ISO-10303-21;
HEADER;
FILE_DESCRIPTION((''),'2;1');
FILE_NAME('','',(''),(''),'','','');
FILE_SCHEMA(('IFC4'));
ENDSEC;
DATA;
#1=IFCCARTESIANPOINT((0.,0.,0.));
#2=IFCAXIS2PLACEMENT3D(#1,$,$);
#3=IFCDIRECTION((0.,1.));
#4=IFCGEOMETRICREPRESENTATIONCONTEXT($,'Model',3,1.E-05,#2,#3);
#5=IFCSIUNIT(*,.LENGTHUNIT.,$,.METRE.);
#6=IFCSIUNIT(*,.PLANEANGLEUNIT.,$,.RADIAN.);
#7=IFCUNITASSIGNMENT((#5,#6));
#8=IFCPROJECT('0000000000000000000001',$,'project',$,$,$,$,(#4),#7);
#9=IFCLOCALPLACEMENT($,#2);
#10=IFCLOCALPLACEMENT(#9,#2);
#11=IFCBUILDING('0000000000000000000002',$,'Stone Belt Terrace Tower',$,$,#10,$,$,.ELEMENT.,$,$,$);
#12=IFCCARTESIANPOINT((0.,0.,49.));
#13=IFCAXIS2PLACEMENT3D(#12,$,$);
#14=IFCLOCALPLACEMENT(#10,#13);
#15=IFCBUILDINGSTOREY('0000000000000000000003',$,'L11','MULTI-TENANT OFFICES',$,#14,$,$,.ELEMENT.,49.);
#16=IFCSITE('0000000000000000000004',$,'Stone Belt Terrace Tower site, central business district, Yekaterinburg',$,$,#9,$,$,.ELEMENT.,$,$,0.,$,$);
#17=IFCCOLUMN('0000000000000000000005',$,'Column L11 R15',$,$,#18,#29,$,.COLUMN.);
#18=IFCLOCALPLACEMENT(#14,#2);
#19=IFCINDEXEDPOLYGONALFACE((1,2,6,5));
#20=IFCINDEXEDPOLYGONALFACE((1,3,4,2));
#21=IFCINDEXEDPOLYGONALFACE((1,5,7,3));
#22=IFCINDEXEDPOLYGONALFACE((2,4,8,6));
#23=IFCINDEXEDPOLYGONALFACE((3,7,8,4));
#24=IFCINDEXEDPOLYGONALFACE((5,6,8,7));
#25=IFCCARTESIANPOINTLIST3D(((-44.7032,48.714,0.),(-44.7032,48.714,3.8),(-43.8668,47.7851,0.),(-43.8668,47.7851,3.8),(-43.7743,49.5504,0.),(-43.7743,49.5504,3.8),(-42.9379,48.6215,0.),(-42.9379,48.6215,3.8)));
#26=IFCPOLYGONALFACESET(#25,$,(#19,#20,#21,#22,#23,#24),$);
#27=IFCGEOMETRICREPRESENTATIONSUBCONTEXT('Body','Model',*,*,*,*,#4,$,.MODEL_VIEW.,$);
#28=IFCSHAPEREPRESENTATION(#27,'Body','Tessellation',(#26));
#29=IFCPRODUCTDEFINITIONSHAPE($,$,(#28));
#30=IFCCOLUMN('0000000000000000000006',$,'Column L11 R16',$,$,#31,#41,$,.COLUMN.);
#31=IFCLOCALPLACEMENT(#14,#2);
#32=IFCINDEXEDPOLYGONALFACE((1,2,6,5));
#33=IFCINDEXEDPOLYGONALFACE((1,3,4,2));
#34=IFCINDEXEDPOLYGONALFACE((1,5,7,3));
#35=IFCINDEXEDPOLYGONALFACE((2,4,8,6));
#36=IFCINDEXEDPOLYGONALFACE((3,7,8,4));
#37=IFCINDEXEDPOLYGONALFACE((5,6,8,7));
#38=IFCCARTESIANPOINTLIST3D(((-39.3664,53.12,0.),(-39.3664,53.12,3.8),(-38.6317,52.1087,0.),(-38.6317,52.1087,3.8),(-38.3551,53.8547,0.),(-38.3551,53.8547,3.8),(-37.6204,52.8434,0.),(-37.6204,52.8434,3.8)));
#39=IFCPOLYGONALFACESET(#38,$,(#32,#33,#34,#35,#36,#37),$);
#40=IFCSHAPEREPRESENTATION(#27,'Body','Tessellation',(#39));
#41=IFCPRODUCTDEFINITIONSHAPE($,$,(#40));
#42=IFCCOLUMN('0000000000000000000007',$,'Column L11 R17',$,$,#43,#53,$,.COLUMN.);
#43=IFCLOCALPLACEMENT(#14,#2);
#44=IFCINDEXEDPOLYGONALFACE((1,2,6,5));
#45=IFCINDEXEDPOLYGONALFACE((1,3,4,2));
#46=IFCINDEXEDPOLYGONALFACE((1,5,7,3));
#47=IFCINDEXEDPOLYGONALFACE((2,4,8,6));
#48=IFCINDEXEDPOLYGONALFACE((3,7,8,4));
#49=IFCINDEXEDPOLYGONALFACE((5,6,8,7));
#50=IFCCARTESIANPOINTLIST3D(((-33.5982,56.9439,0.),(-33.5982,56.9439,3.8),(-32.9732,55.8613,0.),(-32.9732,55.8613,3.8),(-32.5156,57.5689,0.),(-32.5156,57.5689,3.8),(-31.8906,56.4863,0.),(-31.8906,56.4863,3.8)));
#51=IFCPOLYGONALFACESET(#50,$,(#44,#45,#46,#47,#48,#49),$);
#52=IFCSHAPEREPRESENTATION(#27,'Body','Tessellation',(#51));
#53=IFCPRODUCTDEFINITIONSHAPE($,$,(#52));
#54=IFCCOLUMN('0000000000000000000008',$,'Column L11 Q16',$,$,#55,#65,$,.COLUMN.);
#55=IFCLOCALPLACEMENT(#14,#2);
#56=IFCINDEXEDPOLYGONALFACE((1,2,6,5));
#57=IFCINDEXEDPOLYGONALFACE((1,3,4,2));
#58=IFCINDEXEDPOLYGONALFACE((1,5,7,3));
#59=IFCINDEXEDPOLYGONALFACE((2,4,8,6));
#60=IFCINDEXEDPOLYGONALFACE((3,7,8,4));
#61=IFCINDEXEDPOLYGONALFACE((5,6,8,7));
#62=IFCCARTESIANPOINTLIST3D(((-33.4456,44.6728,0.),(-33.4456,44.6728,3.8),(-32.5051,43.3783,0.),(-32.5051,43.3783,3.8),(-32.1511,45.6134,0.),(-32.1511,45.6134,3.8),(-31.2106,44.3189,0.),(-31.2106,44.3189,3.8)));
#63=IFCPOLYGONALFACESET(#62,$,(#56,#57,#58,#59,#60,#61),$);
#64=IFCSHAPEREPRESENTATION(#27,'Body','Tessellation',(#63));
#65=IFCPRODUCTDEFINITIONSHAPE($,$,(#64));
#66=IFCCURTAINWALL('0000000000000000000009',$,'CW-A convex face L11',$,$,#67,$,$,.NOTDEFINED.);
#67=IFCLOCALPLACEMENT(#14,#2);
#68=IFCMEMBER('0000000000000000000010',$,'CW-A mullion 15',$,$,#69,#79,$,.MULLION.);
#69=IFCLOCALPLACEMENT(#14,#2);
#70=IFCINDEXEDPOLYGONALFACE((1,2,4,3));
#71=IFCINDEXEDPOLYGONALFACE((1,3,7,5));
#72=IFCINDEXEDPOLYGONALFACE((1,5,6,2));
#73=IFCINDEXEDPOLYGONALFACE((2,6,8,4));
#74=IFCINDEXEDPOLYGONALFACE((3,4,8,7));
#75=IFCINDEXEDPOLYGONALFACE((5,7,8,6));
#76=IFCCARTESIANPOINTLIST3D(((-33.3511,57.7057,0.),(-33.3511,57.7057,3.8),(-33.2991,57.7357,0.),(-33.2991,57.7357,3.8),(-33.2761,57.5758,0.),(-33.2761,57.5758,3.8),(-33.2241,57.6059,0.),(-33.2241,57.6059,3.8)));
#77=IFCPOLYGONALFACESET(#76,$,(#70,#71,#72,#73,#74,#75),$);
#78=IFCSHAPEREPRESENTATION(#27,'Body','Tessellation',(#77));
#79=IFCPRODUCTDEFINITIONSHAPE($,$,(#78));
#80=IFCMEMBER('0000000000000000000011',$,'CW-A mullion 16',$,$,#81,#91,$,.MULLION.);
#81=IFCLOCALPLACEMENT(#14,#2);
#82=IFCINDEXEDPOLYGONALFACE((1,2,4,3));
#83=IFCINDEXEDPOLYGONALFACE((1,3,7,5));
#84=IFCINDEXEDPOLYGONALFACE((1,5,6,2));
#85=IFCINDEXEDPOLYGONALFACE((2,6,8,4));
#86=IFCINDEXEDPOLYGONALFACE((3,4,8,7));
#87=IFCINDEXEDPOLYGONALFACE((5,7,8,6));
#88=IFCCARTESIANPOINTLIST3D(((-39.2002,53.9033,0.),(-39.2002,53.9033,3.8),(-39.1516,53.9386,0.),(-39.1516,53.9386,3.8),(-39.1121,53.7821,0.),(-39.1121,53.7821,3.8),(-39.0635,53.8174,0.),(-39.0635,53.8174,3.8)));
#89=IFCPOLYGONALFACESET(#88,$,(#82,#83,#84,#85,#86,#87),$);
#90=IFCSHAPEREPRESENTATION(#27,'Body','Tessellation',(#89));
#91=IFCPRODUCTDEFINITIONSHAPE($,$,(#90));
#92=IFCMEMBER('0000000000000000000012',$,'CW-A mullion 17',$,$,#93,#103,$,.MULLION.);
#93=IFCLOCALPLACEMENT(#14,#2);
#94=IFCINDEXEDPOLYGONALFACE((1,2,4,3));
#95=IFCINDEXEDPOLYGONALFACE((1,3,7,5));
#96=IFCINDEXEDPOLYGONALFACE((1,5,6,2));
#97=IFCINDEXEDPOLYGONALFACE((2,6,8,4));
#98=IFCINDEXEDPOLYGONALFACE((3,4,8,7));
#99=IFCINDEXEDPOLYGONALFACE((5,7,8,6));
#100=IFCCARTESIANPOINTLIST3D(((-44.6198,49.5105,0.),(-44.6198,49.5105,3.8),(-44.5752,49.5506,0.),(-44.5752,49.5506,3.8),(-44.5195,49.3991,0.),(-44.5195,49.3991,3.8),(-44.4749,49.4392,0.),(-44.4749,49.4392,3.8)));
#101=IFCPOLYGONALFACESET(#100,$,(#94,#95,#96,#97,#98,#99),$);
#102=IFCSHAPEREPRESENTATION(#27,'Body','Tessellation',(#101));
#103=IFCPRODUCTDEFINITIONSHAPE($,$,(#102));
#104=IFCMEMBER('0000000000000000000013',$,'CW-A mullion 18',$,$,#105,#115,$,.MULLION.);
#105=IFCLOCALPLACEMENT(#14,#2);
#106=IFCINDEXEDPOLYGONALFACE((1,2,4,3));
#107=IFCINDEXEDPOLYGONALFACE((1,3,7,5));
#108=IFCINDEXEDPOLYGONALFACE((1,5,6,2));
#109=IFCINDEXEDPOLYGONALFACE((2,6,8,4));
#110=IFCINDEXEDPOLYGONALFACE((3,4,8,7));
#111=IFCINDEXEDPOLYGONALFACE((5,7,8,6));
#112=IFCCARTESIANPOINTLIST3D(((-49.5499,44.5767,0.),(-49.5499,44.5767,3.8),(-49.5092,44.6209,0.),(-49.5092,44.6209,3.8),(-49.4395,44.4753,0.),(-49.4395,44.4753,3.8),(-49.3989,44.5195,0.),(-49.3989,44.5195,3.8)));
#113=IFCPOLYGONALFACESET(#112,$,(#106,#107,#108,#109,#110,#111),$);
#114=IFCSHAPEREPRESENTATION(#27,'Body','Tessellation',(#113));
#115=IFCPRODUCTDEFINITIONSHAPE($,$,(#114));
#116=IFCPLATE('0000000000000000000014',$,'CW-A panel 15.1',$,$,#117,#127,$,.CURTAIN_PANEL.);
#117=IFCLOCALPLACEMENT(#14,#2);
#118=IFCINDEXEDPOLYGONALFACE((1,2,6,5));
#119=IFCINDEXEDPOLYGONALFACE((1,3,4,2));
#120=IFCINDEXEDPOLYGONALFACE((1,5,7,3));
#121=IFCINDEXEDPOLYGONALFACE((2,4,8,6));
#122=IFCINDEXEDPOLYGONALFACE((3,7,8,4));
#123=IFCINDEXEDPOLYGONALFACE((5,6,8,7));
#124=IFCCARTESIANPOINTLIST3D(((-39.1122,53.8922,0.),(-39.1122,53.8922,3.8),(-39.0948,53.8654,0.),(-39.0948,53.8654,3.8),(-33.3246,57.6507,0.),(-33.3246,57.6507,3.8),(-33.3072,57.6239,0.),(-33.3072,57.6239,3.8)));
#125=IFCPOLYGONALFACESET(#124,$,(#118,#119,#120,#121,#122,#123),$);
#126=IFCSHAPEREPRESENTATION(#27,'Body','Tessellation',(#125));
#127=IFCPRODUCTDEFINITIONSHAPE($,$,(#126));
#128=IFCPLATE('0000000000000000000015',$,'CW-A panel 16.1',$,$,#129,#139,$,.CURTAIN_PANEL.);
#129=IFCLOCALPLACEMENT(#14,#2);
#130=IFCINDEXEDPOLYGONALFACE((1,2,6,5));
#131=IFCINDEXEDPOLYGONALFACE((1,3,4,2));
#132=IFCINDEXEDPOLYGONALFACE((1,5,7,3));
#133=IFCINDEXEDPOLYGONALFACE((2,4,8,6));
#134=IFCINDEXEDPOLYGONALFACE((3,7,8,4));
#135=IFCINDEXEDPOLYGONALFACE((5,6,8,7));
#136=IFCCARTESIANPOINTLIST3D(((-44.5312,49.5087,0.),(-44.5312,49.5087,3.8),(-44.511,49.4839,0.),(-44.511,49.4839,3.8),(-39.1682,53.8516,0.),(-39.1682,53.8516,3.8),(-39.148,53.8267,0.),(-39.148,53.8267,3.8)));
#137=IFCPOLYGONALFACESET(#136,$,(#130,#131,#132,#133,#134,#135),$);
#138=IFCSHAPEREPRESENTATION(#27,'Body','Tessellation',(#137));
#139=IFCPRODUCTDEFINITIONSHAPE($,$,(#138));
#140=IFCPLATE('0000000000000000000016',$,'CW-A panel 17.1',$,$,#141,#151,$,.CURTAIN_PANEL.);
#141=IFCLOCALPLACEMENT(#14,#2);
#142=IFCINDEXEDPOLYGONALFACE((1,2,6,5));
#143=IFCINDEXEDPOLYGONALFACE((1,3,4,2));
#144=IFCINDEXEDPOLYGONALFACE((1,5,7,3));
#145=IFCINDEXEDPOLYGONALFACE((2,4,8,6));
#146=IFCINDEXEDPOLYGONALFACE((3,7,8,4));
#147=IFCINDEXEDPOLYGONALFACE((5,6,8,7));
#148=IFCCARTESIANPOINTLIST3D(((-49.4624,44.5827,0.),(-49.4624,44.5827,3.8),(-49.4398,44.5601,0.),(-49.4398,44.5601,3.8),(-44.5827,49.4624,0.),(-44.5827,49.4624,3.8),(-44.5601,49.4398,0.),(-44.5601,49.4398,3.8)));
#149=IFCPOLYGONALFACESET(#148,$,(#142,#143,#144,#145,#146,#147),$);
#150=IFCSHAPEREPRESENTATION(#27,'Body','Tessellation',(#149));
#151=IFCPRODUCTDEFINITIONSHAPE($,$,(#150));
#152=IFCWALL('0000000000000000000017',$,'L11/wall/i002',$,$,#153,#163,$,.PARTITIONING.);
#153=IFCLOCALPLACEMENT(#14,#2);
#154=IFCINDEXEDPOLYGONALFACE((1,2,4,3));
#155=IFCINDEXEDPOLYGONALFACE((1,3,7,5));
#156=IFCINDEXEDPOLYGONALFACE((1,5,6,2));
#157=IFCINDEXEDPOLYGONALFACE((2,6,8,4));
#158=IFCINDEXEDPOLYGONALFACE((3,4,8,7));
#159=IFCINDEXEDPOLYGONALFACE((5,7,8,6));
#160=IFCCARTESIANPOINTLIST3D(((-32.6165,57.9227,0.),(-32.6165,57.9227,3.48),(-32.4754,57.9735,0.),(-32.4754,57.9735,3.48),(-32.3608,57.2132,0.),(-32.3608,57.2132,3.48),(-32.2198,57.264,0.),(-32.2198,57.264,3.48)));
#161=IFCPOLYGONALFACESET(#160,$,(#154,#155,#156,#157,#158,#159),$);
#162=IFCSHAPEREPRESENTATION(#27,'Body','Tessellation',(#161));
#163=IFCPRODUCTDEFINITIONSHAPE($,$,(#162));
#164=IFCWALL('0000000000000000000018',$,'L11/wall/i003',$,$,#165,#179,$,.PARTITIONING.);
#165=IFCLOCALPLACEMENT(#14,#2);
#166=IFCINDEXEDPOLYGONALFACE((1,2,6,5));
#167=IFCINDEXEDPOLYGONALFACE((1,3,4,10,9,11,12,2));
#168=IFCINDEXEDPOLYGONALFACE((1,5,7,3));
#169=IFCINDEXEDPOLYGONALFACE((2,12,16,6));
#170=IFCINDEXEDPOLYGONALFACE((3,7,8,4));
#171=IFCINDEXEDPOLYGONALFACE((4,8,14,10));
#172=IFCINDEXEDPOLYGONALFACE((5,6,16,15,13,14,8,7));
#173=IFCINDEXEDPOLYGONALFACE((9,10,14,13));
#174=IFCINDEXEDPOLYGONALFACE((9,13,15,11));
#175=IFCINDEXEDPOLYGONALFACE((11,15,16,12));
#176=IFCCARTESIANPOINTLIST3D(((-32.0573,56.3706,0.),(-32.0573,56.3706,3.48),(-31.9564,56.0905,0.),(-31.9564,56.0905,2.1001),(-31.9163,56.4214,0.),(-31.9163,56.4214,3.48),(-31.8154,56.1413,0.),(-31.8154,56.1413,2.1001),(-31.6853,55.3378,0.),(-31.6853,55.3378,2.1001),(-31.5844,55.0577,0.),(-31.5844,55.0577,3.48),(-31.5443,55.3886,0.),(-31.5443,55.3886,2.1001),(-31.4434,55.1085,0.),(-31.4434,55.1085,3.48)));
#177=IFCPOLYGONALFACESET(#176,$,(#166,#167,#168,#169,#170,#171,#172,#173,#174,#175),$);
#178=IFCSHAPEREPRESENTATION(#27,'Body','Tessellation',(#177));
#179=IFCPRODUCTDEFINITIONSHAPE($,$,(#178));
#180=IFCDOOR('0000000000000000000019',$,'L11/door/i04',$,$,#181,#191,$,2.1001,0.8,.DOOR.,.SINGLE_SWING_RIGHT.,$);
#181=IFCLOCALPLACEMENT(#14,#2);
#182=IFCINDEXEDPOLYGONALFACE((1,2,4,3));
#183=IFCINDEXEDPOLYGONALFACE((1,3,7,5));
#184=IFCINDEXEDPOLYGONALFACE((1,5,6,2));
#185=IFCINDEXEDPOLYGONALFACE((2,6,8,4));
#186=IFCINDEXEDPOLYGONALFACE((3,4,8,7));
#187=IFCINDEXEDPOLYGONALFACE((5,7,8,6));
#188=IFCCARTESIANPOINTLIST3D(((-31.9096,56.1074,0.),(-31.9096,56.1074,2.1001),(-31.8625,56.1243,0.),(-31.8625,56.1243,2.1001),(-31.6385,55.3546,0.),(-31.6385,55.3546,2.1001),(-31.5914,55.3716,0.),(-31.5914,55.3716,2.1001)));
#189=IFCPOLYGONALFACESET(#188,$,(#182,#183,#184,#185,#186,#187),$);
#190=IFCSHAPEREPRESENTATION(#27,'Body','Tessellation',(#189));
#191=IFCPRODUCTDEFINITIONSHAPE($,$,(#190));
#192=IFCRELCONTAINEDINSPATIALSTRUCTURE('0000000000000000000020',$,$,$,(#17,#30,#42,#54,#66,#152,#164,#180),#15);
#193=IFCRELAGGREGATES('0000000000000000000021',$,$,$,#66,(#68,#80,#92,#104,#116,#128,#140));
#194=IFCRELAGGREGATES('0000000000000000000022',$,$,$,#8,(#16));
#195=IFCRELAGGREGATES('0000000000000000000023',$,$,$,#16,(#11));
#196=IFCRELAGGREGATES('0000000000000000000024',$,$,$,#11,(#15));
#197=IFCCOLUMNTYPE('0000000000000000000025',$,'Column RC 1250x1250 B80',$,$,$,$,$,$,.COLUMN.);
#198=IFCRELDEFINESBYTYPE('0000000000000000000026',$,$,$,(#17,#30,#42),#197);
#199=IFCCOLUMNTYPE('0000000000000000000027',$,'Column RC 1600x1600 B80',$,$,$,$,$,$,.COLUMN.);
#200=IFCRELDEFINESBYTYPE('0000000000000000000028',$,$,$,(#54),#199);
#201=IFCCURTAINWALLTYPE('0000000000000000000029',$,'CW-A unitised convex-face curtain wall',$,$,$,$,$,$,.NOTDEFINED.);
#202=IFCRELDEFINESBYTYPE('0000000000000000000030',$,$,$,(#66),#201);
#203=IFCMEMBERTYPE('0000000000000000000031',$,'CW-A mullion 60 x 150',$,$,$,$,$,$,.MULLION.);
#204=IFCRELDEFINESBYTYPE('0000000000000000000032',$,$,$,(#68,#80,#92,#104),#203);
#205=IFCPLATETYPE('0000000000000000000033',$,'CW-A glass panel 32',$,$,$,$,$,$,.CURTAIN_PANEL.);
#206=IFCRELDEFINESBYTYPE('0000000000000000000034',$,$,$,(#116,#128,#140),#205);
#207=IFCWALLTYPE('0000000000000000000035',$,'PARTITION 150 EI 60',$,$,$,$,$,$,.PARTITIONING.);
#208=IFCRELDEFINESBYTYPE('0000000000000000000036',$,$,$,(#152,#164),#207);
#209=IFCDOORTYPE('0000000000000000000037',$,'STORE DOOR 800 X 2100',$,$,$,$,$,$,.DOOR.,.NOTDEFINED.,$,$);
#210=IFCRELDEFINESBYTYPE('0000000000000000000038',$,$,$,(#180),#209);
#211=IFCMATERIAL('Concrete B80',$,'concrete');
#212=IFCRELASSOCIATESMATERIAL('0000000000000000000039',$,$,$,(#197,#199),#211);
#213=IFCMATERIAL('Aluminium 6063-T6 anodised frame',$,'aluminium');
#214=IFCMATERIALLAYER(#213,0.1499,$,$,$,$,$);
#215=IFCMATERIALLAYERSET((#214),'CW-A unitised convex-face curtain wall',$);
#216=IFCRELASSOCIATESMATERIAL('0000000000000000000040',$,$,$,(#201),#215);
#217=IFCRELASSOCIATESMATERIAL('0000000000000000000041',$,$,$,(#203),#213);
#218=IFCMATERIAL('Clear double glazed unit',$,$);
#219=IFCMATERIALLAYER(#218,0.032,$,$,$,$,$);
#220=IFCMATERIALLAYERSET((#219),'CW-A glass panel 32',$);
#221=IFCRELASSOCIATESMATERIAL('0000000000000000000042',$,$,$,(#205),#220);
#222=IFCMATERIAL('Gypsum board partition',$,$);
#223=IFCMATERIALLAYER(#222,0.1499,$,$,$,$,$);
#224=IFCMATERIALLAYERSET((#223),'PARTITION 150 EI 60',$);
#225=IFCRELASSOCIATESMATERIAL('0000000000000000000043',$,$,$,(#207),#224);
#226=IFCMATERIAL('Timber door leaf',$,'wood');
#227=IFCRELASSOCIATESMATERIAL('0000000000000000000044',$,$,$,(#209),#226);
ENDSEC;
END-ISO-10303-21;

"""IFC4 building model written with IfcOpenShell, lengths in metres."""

from ifc_helpers import new_model, si_unit, direction, frame, frame_2d, origin, origin_2d, place, context, subcontext, project, spatial, rectangle, extrude, material, layer, layer_set, material_profile, profile_set, type_object, element, fill, aggregate, save


model = new_model("IFC4")

# Units and contexts
model_context = context("Model", 3, precision=1e-05, world=origin(), true_north=direction((0.0, 1.0)))
body_context = subcontext(model_context, "Body", "Model", "MODEL_VIEW")
ifc_project = project(units=[si_unit("LENGTHUNIT", "METRE"), si_unit("PLANEANGLEUNIT", "RADIAN")], contexts=[model_context])

# Site, building, storey
site_placement = place(None, origin())
site = spatial("IfcSite", under=ifc_project, at=site_placement, Name="Stone Belt Terrace Tower site, central business district, Yekaterinburg", CompositionType="ELEMENT", RefElevation=0.0)
building_placement = place(site_placement, origin())
building = spatial("IfcBuilding", under=site, at=building_placement, Name="Stone Belt Terrace Tower", CompositionType="ELEMENT")
storey_placement = place(building_placement, frame((0.0, 0.0, 49.0)))
storey = spatial("IfcBuildingStorey", under=building, at=storey_placement, Name="L11", Description="MULTI-TENANT OFFICES", CompositionType="ELEMENT", Elevation=49.0)

# Columns
ifc_material_1 = material(Name="Concrete B80", Category="concrete")
ifc_material_profile_1 = material_profile(ifc_material_1, rectangle(XDim=1.25, YDim=1.25, at=origin_2d()), Name="RC 1250x1250")
ifc_profile_set_1 = profile_set([ifc_material_profile_1], Name="Concrete B80")
column_type_1 = type_object("IfcColumnType", Name="Column RC 1250x1250 B80", PredefinedType="COLUMN", material=ifc_profile_set_1)
for number, where, z_axis, x_axis, name in (
    (1, (-43.8206, 48.6677, 0.0), (0.0, 0.0, 1.0), (0.743145, 0.669131, 0.0), "Column L11 R15"),
    (2, (-38.4934, 52.9817, 0.0), (0.0, 0.0, 1.0), (0.809017, 0.587785, 0.0), "Column L11 R16"),
    (3, (-32.7444, 56.7151, 0.0), (0.0, 0.0, 1.0), (0.866025, 0.5, 0.0), "Column L11 R17"),
):
    element("IfcColumn", number, at=place(storey_placement, frame(where, z_axis=z_axis, x_axis=x_axis)), inside=storey, type_object=column_type_1, Name=name, PredefinedType="COLUMN", context=body_context, shape_type="SweptSolid", body=[
        extrude(rectangle(XDim=1.25, YDim=1.25, at=origin_2d()), origin(), (0.0, 0.0, 1.0), 3.8),
    ])
ifc_material_profile_2 = material_profile(ifc_material_1, rectangle(XDim=1.6001, YDim=1.6001, at=origin_2d()), Name="RC 1600x1600")
ifc_profile_set_2 = profile_set([ifc_material_profile_2], Name="Concrete B80")
column_type_2 = type_object("IfcColumnType", Name="Column RC 1600x1600 B80", PredefinedType="COLUMN", material=ifc_profile_set_2)
column_placement = place(storey_placement, frame((-32.3281, 44.4958, 0.0), z_axis=(0.0, 0.0, 1.0), x_axis=(0.809017, 0.587785, 0.0)))
element("IfcColumn", 4, at=column_placement, inside=storey, type_object=column_type_2, Name="Column L11 Q16", PredefinedType="COLUMN", context=body_context, shape_type="SweptSolid", body=[
    extrude(rectangle(XDim=1.6001, YDim=1.6001, at=origin_2d()), origin(), (0.0, 0.0, 1.0), 3.8),
])

# Curtain wall, members, plates
ifc_material_2 = material(Name="Aluminium 6063-T6 anodised frame", Category="aluminium")
ifc_layer_1 = layer(ifc_material_2, 0.1499)
ifc_layer_set_1 = layer_set([ifc_layer_1], Name="CW-A unitised convex-face curtain wall")
curtain_wall_type = type_object("IfcCurtainWallType", Name="CW-A unitised convex-face curtain wall", PredefinedType="NOTDEFINED", material=ifc_layer_set_1)
curtain_wall_placement = place(storey_placement, origin())
curtain_wall = element("IfcCurtainWall", 5, at=curtain_wall_placement, inside=storey, type_object=curtain_wall_type, Name="CW-A convex face L11", PredefinedType="NOTDEFINED")
ifc_material_profile_3 = material_profile(ifc_material_2, rectangle(XDim=0.1499, YDim=0.0601, at=origin_2d()), Name="Aluminium 6063-T6 60x150")
ifc_profile_set_3 = profile_set([ifc_material_profile_3], Name="Aluminium 6063-T6 anodised frame")
member_type = type_object("IfcMemberType", Name="CW-A mullion 60 x 150", PredefinedType="MULLION", material=ifc_profile_set_3)
member_1_placement = place(storey_placement, frame((-33.2876, 57.6558, 0.0), z_axis=(0.0, 0.0, 1.0), x_axis=(0.5, -0.866025, 0.0)))
member_1 = element("IfcMember", 6, at=member_1_placement, type_object=member_type, Name="CW-A mullion 15", PredefinedType="MULLION", context=body_context, shape_type="SweptSolid", body=[
    extrude(rectangle(XDim=0.1499, YDim=0.0601, at=origin_2d()), origin(), (0.0, 0.0, 1.0), 3.8),
])
member_2_placement = place(storey_placement, frame((-39.1318, 53.8604, 0.0), z_axis=(0.0, 0.0, 1.0), x_axis=(0.587785, -0.809017, 0.0)))
member_2 = element("IfcMember", 7, at=member_2_placement, type_object=member_type, Name="CW-A mullion 16", PredefinedType="MULLION", context=body_context, shape_type="SweptSolid", body=[
    extrude(rectangle(XDim=0.1499, YDim=0.0601, at=origin_2d()), origin(), (0.0, 0.0, 1.0), 3.8),
])
member_3_placement = place(storey_placement, frame((-44.5474, 49.4749, 0.0), z_axis=(0.0, 0.0, 1.0), x_axis=(0.669131, -0.743145, 0.0)))
member_3 = element("IfcMember", 8, at=member_3_placement, type_object=member_type, Name="CW-A mullion 17", PredefinedType="MULLION", context=body_context, shape_type="SweptSolid", body=[
    extrude(rectangle(XDim=0.1499, YDim=0.0601, at=origin_2d()), origin(), (0.0, 0.0, 1.0), 3.8),
])
member_4_placement = place(storey_placement, frame((-49.4744, 44.5481, 0.0), z_axis=(0.0, 0.0, 1.0), x_axis=(0.736171, -0.676796, 0.0)))
member_4 = element("IfcMember", 9, at=member_4_placement, type_object=member_type, Name="CW-A mullion 18", PredefinedType="MULLION", context=body_context, shape_type="SweptSolid", body=[
    extrude(rectangle(XDim=0.1499, YDim=0.0601, at=origin_2d()), origin(), (0.0, 0.0, 1.0), 3.8),
])
ifc_material_3 = material(Name="Clear double glazed unit")
ifc_layer_2 = layer(ifc_material_3, 0.032)
ifc_layer_set_2 = layer_set([ifc_layer_2], Name="CW-A glass panel 32")
plate_type = type_object("IfcPlateType", Name="CW-A glass panel 32", PredefinedType="CURTAIN_PANEL", material=ifc_layer_set_2)
plate_1_placement = place(storey_placement, frame((-36.2097, 55.7581, 0.0), z_axis=(0.0, 0.0, 1.0), x_axis=(-0.838671, -0.544639, 0.0)))
plate_1 = element("IfcPlate", 10, at=plate_1_placement, type_object=plate_type, Name="CW-A panel 15.1", PredefinedType="CURTAIN_PANEL", context=body_context, shape_type="SweptSolid", body=[
    extrude(rectangle(XDim=6.9009, YDim=0.032, at=origin_2d()), origin(), (0.0, 0.0, 1.0), 3.8),
])
plate_2_placement = place(storey_placement, frame((-41.8396, 51.6677, 0.0), z_axis=(0.0, 0.0, 1.0), x_axis=(-0.777146, -0.62932, 0.0)))
plate_2 = element("IfcPlate", 11, at=plate_2_placement, type_object=plate_type, Name="CW-A panel 16.1", PredefinedType="CURTAIN_PANEL", context=body_context, shape_type="SweptSolid", body=[
    extrude(rectangle(XDim=6.9009, YDim=0.032, at=origin_2d()), origin(), (0.0, 0.0, 1.0), 3.8),
])
plate_3_placement = place(storey_placement, frame((-47.0112, 47.0112, 0.0), z_axis=(0.0, 0.0, 1.0), x_axis=(-0.707107, -0.707107, 0.0)))
plate_3 = element("IfcPlate", 12, at=plate_3_placement, type_object=plate_type, Name="CW-A panel 17.1", PredefinedType="CURTAIN_PANEL", context=body_context, shape_type="SweptSolid", body=[
    extrude(rectangle(XDim=6.9009, YDim=0.032, at=origin_2d()), origin(), (0.0, 0.0, 1.0), 3.8),
])
aggregate(curtain_wall, [member_1, member_2, member_3, member_4, plate_1, plate_2, plate_3])

# Wall
ifc_material_4 = material(Name="Gypsum board partition")
ifc_layer_3 = layer(ifc_material_4, 0.1499)
ifc_layer_set_3 = layer_set([ifc_layer_3], Name="PARTITION 150 EI 60")
wall_type = type_object("IfcWallType", Name="PARTITION 150 EI 60", PredefinedType="PARTITIONING", material=ifc_layer_set_3)
wall_1_placement = place(storey_placement, frame((-32.5459, 57.948, 0.0), z_axis=(0.0, 0.0, 1.0), x_axis=(0.33896, -0.940801, 0.0)))
element("IfcWall", 13, at=wall_1_placement, inside=storey, type_object=wall_type, Name="L11/wall/i002", PredefinedType="PARTITIONING", context=body_context, shape_type="SweptSolid", body=[
    extrude(rectangle(XDim=0.7542, YDim=0.1499, at=frame_2d((0.377, 0.0))), origin(), (0.0, 0.0, 1.0), 3.48),
])

# Wall, opening, door
wall_2_placement = place(storey_placement, frame((-31.9868, 56.396, 0.0), z_axis=(0.0, 0.0, 1.0), x_axis=(0.338862, -0.940836, 0.0)))
wall_2 = element("IfcWall", 14, at=wall_2_placement, inside=storey, type_object=wall_type, Name="L11/wall/i003", PredefinedType="PARTITIONING", context=body_context, shape_type="SweptSolid", body=[
    extrude(rectangle(XDim=1.3955, YDim=0.1499, at=frame_2d((0.6978, 0.0))), origin(), (0.0, 0.0, 1.0), 3.48),
])
opening_1_placement = place(wall_2_placement, frame((0.2979, 0.0, 0.0)))
opening_1 = element("IfcOpeningElement", 15, at=opening_1_placement, cuts=wall_2, PredefinedType="OPENING", context=body_context, shape_type="SweptSolid", body=[
    extrude(rectangle(XDim=0.8, YDim=2.1001, at=frame_2d((0.3999, 1.05))), frame((0.0, 0.085, 0.0), z_axis=(0.0, -1.0, 0.0), x_axis=(1.0, 0.0, 0.0)), (0.0, 0.0, 1.0), 0.1699),
])
ifc_material_5 = material(Name="Timber door leaf", Category="wood")
door_type_1 = type_object("IfcDoorType", Name="STORE DOOR 800 X 2100", OperationType="NOTDEFINED", PredefinedType="DOOR", material=ifc_material_5)
door_1_placement = place(opening_1_placement, origin())
door_1 = element("IfcDoor", 16, at=door_1_placement, inside=storey, type_object=door_type_1, Name="L11/door/i04", OperationType="SINGLE_SWING_RIGHT", OverallHeight=2.1001, OverallWidth=0.8, PredefinedType="DOOR", context=body_context, shape_type="SweptSolid", body=[
    extrude(rectangle(XDim=0.8, YDim=2.1001, at=frame_2d((0.3999, 1.05))), frame((0.0, 0.0249, 0.0), z_axis=(0.0, -1.0, 0.0), x_axis=(1.0, 0.0, 0.0)), (0.0, 0.0, 1.0), 0.05),
])
fill(opening_1, door_1)

save(model, "model.ifc")
